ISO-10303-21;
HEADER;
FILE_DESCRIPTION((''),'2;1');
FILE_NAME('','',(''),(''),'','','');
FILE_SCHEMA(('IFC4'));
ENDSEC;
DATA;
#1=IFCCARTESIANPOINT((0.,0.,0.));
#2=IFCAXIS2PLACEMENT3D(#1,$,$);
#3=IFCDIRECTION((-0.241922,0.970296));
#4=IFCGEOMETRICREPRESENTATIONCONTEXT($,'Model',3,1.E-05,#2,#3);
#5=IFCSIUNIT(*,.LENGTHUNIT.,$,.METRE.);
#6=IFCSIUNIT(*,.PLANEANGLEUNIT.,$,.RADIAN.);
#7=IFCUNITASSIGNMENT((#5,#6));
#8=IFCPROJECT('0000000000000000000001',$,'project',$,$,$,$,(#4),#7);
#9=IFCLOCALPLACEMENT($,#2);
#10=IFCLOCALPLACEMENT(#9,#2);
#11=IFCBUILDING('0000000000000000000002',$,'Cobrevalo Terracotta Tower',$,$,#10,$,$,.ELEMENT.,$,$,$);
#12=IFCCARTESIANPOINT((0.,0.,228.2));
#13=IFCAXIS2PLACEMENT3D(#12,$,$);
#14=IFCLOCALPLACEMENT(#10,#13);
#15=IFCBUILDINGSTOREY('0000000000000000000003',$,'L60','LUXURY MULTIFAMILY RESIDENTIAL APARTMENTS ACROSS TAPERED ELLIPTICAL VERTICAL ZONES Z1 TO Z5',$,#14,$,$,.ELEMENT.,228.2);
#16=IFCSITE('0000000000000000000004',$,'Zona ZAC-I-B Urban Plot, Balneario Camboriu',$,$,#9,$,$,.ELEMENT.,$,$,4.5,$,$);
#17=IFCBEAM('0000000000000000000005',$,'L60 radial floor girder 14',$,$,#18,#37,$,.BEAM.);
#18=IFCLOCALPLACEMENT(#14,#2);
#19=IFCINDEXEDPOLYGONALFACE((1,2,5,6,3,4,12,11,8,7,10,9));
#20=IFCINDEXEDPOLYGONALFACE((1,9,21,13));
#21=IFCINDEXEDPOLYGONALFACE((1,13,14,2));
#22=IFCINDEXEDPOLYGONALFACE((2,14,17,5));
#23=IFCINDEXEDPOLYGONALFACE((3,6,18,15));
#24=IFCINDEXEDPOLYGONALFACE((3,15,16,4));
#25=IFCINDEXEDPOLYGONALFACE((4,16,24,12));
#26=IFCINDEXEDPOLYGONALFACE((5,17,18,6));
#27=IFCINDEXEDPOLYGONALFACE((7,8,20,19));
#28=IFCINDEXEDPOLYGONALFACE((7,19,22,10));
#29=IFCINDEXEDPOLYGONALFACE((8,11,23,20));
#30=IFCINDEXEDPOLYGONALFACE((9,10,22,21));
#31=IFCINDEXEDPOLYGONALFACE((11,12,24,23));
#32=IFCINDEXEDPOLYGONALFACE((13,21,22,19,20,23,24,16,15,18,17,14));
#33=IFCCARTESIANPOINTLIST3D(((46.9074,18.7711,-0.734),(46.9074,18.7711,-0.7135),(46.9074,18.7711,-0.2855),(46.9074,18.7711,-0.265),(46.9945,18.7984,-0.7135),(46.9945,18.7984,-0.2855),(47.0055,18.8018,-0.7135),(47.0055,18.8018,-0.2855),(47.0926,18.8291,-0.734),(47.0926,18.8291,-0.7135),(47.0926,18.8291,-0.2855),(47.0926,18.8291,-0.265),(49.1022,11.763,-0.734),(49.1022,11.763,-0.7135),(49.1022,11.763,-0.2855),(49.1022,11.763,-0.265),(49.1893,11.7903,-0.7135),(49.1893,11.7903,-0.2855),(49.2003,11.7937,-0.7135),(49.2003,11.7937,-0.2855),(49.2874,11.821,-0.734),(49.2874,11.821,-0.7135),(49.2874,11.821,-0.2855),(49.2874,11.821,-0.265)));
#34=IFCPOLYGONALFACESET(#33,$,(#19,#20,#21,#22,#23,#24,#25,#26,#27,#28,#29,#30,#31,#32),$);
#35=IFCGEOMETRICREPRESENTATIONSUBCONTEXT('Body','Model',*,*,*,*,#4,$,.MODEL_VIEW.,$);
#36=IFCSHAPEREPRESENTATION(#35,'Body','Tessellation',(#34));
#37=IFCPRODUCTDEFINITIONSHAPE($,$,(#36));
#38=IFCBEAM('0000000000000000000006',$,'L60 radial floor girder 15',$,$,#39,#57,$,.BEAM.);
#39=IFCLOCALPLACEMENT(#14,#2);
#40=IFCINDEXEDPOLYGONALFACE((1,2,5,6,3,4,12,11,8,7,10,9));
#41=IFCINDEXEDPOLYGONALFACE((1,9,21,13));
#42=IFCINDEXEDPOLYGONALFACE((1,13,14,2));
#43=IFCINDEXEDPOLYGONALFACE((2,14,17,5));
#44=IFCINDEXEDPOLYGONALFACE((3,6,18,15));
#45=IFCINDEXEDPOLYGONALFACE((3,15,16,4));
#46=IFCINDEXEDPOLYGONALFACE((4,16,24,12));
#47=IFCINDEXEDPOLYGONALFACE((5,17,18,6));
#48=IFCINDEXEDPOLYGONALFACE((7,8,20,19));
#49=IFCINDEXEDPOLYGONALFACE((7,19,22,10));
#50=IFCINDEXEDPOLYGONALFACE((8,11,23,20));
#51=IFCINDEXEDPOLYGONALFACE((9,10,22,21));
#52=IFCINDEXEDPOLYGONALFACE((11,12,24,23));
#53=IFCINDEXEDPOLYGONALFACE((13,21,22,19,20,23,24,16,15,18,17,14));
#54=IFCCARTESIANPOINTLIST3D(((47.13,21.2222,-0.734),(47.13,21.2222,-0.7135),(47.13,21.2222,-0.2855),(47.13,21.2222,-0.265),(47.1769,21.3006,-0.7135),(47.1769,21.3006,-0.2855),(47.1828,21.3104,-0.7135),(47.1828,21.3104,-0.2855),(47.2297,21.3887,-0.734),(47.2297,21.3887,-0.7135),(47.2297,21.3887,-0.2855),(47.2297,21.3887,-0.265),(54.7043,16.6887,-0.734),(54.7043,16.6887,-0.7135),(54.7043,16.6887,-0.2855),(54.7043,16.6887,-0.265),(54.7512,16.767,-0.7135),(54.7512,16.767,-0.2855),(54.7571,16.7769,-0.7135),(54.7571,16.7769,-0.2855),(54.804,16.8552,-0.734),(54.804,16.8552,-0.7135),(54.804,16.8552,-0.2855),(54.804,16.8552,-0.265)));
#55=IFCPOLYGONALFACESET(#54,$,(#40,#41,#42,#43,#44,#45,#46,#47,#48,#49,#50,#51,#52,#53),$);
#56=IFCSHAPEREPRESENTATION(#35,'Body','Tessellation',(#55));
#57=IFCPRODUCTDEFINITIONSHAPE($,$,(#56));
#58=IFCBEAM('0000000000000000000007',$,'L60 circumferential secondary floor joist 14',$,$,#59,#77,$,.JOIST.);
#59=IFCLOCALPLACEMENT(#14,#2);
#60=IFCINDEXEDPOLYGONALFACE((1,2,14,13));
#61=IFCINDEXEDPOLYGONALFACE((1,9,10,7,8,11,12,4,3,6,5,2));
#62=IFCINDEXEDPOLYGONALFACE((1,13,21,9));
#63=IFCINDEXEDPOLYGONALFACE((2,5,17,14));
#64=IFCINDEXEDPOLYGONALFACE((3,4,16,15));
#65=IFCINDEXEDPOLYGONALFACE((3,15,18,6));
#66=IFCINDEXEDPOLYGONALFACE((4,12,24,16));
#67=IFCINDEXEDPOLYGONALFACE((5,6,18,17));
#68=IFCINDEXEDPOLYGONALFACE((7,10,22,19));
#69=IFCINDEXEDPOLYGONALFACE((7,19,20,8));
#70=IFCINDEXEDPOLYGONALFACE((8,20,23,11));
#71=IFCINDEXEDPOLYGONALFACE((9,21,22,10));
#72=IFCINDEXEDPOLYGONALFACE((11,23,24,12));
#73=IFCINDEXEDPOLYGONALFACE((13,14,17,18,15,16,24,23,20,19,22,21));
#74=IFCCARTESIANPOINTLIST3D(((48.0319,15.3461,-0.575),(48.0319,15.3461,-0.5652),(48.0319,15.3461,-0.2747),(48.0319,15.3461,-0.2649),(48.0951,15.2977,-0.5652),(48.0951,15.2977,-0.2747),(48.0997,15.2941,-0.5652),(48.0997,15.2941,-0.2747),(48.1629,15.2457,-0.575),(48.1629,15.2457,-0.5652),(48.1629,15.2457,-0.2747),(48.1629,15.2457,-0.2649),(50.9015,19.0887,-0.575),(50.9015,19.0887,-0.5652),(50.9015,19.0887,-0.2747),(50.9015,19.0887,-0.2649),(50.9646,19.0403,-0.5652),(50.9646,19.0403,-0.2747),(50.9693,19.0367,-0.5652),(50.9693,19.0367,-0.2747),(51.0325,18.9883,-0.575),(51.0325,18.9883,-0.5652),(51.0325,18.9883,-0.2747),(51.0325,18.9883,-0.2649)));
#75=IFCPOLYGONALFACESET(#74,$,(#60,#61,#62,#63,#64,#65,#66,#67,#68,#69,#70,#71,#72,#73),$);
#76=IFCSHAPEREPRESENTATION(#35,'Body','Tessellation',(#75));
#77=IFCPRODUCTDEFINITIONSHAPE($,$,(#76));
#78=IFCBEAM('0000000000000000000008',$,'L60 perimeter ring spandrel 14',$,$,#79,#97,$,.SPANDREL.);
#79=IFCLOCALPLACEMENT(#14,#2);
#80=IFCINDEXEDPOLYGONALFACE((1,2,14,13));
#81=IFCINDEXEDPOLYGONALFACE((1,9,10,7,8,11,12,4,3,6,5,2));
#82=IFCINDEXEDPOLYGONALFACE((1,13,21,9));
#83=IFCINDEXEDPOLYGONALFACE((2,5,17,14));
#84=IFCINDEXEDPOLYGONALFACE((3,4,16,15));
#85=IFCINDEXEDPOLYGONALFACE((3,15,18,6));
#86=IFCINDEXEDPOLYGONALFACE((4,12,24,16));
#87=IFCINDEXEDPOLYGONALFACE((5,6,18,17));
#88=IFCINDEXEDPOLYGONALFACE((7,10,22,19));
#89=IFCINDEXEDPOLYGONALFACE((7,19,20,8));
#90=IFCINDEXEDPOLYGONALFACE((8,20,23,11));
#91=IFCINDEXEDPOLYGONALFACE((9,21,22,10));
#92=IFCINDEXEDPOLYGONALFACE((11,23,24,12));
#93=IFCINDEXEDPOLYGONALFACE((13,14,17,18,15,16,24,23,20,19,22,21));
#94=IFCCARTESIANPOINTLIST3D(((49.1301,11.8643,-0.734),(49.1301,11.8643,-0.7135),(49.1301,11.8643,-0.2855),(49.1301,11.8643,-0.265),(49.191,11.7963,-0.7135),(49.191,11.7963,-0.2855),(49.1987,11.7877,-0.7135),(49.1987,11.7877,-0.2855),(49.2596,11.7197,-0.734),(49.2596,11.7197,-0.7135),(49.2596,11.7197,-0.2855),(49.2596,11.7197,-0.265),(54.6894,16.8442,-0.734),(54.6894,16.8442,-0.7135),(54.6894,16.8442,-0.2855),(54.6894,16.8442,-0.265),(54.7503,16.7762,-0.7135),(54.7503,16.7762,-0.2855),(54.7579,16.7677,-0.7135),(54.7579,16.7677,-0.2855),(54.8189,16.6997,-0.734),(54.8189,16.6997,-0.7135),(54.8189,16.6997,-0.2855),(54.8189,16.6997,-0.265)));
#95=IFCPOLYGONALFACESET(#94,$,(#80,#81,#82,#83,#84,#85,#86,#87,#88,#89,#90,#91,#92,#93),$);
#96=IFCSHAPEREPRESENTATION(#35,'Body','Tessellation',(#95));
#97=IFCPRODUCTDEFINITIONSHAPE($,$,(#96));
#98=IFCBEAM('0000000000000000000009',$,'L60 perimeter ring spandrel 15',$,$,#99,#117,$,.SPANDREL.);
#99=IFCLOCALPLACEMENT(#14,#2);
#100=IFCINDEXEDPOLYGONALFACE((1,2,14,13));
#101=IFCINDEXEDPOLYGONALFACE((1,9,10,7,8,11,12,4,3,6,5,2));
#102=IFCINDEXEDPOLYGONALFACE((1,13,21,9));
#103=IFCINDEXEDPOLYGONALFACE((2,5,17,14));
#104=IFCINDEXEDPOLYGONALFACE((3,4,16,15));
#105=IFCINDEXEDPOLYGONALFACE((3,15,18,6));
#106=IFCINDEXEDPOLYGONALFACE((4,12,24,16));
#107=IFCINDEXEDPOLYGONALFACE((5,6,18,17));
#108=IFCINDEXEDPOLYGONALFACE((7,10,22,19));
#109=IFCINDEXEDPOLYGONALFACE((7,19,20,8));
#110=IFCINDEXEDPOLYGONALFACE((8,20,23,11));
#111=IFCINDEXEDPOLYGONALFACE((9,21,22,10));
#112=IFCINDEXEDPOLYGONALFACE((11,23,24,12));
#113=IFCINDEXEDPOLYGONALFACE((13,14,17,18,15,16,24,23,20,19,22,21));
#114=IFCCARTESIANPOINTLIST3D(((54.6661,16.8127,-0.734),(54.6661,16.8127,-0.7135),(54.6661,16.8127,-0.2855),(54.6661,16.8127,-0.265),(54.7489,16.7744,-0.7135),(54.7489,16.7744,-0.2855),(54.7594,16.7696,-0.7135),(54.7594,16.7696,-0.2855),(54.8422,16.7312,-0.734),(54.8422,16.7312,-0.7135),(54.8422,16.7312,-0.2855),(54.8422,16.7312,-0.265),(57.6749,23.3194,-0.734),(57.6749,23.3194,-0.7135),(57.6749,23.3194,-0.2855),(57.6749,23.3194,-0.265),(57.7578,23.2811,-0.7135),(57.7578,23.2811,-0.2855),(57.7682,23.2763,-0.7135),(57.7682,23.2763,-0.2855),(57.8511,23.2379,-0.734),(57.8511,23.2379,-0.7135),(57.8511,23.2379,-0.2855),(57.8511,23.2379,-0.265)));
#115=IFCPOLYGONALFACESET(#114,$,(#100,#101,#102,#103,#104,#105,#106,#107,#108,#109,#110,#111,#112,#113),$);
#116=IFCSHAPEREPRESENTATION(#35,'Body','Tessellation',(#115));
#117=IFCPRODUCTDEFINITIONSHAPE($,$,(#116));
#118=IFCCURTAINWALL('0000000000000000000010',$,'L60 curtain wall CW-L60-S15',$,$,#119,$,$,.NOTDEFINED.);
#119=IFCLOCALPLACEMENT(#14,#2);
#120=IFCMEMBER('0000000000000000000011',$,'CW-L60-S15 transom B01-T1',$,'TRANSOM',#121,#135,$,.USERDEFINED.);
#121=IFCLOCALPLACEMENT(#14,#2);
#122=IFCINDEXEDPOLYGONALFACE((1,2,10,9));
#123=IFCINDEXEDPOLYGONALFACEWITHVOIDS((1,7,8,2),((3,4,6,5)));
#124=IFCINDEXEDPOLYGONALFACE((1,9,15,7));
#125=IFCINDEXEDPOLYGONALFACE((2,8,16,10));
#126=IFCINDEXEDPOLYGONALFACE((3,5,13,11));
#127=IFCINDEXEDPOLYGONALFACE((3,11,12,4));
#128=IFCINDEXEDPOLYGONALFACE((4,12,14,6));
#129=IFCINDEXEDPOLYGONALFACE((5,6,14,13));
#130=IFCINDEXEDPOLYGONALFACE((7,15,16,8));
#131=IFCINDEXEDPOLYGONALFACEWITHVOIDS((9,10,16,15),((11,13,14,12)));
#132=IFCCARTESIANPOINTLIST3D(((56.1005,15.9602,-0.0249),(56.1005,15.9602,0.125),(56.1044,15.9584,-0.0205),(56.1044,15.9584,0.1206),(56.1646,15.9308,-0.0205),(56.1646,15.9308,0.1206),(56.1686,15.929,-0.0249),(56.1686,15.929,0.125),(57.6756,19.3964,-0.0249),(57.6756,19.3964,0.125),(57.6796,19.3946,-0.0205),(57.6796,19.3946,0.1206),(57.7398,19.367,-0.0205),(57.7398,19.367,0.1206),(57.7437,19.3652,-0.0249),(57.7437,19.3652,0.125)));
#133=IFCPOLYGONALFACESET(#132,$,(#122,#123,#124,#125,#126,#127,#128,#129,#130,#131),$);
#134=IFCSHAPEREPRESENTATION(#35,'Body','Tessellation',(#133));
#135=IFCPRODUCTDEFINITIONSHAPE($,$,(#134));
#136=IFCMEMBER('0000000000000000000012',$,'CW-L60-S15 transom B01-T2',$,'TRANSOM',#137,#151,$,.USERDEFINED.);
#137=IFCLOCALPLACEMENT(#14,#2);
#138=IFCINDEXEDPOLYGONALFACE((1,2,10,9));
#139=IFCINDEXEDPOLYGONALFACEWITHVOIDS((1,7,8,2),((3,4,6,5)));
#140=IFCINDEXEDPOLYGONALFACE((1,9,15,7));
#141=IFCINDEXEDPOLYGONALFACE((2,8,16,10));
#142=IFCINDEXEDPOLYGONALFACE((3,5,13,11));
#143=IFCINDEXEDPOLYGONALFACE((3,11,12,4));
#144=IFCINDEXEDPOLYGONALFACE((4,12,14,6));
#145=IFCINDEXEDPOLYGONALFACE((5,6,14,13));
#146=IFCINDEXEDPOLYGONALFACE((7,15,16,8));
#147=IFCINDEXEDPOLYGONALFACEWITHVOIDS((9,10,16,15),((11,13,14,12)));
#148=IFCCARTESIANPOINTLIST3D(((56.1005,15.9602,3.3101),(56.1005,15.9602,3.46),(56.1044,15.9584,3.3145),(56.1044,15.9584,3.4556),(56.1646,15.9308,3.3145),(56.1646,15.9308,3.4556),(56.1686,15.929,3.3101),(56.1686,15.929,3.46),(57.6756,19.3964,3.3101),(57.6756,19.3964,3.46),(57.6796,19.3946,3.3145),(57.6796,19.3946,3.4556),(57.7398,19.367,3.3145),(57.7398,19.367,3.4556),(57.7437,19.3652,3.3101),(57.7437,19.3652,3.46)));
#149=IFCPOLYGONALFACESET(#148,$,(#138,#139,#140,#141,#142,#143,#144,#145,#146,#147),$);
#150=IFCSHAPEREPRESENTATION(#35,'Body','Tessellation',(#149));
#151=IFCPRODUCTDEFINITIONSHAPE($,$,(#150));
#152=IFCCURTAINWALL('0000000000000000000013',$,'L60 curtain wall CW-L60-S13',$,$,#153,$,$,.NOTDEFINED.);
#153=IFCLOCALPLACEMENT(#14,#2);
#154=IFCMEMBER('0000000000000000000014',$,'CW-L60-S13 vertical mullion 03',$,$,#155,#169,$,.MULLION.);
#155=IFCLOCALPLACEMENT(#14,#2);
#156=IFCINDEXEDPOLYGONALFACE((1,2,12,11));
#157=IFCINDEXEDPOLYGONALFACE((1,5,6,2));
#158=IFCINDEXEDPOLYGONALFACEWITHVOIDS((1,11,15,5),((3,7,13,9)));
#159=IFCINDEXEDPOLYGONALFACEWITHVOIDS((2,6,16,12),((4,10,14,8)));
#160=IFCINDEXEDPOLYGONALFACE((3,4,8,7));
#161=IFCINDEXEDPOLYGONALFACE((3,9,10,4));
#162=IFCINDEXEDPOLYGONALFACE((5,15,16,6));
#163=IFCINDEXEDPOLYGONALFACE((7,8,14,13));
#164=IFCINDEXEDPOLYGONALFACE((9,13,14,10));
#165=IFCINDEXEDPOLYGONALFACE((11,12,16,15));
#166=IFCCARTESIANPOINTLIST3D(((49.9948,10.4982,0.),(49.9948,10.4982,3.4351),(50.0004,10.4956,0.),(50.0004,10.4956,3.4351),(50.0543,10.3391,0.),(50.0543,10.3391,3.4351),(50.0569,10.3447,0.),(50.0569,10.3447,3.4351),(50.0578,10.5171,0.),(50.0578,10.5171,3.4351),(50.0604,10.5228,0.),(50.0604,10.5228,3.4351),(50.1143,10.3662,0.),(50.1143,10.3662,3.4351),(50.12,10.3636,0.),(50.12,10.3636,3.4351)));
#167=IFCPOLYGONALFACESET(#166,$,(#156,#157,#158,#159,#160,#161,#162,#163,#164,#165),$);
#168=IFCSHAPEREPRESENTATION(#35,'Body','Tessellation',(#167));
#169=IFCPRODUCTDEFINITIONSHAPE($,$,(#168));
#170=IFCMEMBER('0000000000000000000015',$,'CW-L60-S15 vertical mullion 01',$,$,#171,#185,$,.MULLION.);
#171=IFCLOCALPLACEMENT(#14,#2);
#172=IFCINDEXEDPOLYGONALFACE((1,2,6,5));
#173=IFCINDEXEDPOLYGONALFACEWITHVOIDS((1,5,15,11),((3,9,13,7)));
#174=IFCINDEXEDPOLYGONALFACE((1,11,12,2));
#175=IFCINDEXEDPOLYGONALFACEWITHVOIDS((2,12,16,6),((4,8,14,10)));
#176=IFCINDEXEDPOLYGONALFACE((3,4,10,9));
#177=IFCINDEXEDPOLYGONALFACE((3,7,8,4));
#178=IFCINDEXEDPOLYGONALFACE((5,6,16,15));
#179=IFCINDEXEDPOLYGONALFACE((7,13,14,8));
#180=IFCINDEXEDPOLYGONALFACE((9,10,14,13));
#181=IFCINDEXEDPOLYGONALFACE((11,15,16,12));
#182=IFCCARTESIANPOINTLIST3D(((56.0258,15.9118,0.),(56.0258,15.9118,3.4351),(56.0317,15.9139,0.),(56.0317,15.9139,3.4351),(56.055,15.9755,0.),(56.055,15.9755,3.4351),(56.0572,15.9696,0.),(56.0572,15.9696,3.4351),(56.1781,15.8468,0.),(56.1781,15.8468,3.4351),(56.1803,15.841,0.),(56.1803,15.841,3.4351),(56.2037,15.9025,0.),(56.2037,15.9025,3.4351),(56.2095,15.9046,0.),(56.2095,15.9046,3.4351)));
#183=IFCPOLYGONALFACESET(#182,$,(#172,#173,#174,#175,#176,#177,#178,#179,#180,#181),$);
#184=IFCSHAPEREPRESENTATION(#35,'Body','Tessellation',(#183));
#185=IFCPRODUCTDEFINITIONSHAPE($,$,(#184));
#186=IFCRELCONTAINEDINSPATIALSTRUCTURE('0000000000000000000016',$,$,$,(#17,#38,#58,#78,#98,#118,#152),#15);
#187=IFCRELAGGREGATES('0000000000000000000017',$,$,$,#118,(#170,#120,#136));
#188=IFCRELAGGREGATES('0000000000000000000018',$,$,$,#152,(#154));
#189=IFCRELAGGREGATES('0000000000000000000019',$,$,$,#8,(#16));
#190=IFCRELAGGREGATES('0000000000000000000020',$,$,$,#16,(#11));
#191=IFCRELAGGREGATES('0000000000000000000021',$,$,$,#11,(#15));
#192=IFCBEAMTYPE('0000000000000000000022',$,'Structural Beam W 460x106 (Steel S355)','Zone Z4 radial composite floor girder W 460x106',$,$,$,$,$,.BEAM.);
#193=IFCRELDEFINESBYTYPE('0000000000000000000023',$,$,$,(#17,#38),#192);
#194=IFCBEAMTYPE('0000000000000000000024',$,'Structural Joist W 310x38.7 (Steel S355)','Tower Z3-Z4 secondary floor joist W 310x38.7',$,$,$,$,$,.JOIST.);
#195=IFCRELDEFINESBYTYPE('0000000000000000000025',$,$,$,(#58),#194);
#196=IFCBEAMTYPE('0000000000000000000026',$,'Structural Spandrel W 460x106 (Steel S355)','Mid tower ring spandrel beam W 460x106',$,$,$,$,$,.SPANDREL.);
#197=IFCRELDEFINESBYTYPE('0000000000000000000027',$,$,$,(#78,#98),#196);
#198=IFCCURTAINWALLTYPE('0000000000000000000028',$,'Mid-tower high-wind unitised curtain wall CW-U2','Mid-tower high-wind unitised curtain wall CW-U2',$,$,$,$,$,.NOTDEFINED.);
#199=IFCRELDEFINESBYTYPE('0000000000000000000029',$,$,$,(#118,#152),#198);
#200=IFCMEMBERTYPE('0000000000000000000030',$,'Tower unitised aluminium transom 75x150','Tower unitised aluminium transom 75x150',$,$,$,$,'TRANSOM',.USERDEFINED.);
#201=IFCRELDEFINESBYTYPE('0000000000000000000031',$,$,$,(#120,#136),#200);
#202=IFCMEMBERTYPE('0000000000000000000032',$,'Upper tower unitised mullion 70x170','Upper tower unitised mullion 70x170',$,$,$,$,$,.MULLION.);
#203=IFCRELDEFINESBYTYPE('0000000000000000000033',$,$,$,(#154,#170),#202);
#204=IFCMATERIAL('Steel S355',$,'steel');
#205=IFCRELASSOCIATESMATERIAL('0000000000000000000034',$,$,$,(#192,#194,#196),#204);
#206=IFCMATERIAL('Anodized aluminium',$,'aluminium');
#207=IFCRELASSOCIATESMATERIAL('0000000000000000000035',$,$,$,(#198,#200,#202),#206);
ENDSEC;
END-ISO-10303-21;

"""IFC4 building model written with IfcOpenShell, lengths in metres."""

from ifc_helpers import new_model, si_unit, direction, frame, origin, origin_2d, place, context, subcontext, project, spatial, hollow_rectangle, i_section, extrude, source, transform, mapped, material, material_profile, profile_set, type_object, element, aggregate, save


model = new_model("IFC4")

# Units and contexts
model_context = context("Model", 3, precision=1e-05, world=origin(), true_north=direction((-0.241922, 0.970296)))
body_context = subcontext(model_context, "Body", "Model", "MODEL_VIEW")
ifc_project = project(units=[si_unit("LENGTHUNIT", "METRE"), si_unit("PLANEANGLEUNIT", "RADIAN")], contexts=[model_context])

# Site, building, storey
site_placement = place(None, origin())
site = spatial("IfcSite", under=ifc_project, at=site_placement, Name="Zona ZAC-I-B Urban Plot, Balneario Camboriu", CompositionType="ELEMENT", RefElevation=4.5)
building_placement = place(site_placement, origin())
building = spatial("IfcBuilding", under=site, at=building_placement, Name="Cobrevalo Terracotta Tower", CompositionType="ELEMENT")
storey_placement = place(building_placement, frame((0.0, 0.0, 228.2)))
storey = spatial("IfcBuildingStorey", under=building, at=storey_placement, Name="L60", Description="LUXURY MULTIFAMILY RESIDENTIAL APARTMENTS ACROSS TAPERED ELLIPTICAL VERTICAL ZONES Z1 TO Z5", CompositionType="ELEMENT", Elevation=228.2)

# Shared definitions
ifc_material_1 = material(Name="Steel S355", Category="steel")

# Beams
ifc_material_profile_1 = material_profile(ifc_material_1, i_section(OverallWidth=0.1941, OverallDepth=0.469, WebThickness=0.0115, FlangeThickness=0.0205, at=origin_2d()), Name="W 460x106")
ifc_profile_set_1 = profile_set([ifc_material_profile_1], Name="Steel S355")
beam_type_1 = type_object("IfcBeamType", Name="Structural Beam W 460x106 (Steel S355)", Description="Zone Z4 radial composite floor girder W 460x106", PredefinedType="BEAM", material=ifc_profile_set_1)
beam_1_placement = place(storey_placement, frame((49.1948, 11.792, -0.4995), z_axis=(-0.298871, 0.954293, 0.0), x_axis=(-0.954293, -0.298871, 0.0)))
element("IfcBeam", 1, at=beam_1_placement, inside=storey, type_object=beam_type_1, Name="L60 radial floor girder 14", PredefinedType="BEAM", context=body_context, shape_type="SweptSolid", body=[
    extrude(i_section(OverallWidth=0.1941, OverallDepth=0.469, WebThickness=0.0115, FlangeThickness=0.0205, at=origin_2d()), origin(), (0.0, 0.0, 1.0), 7.3438),
])
beam_2_placement = place(storey_placement, frame((54.7542, 16.772, -0.4995), z_axis=(-0.858046, 0.513572, 0.0), x_axis=(-0.513572, -0.858046, 0.0)))
element("IfcBeam", 2, at=beam_2_placement, inside=storey, type_object=beam_type_1, Name="L60 radial floor girder 15", PredefinedType="BEAM", context=body_context, shape_type="SweptSolid", body=[
    extrude(i_section(OverallWidth=0.1941, OverallDepth=0.469, WebThickness=0.0115, FlangeThickness=0.0205, at=origin_2d()), origin(), (0.0, 0.0, 1.0), 8.8274),
])
ifc_material_profile_2 = material_profile(ifc_material_1, i_section(OverallWidth=0.165, OverallDepth=0.3101, WebThickness=0.0059, FlangeThickness=0.0098, at=origin_2d()), Name="W 310x38.7")
ifc_profile_set_2 = profile_set([ifc_material_profile_2], Name="Steel S355")
beam_type_2 = type_object("IfcBeamType", Name="Structural Joist W 310x38.7 (Steel S355)", Description="Tower Z3-Z4 secondary floor joist W 310x38.7", PredefinedType="JOIST", material=ifc_profile_set_2)
beam_3_placement = place(storey_placement, frame((48.0974, 15.2959, -0.4199), z_axis=(0.608464, 0.793581, 0.0), x_axis=(-0.793581, 0.608464, 0.0)))
element("IfcBeam", 3, at=beam_3_placement, inside=storey, type_object=beam_type_2, Name="L60 circumferential secondary floor joist 14", PredefinedType="JOIST", context=body_context, shape_type="SweptSolid", body=[
    extrude(i_section(OverallWidth=0.165, OverallDepth=0.3101, WebThickness=0.0059, FlangeThickness=0.0098, at=origin_2d()), origin(), (0.0, 0.0, 1.0), 4.7161),
])
ifc_material_profile_3 = material_profile(ifc_material_1, i_section(OverallWidth=0.1941, OverallDepth=0.469, WebThickness=0.0115, FlangeThickness=0.0205, at=origin_2d()), Name="W 460x106")
ifc_profile_set_3 = profile_set([ifc_material_profile_3], Name="Steel S355")
beam_type_3 = type_object("IfcBeamType", Name="Structural Spandrel W 460x106 (Steel S355)", Description="Mid tower ring spandrel beam W 460x106", PredefinedType="SPANDREL", material=ifc_profile_set_3)
beam_4_placement = place(storey_placement, frame((49.1948, 11.792, -0.4995), z_axis=(0.744852, 0.66723, 0.0), x_axis=(-0.66723, 0.744852, 0.0)))
element("IfcBeam", 4, at=beam_4_placement, inside=storey, type_object=beam_type_3, Name="L60 perimeter ring spandrel 14", PredefinedType="SPANDREL", context=body_context, shape_type="SweptSolid", body=[
    extrude(i_section(OverallWidth=0.1941, OverallDepth=0.469, WebThickness=0.0115, FlangeThickness=0.0205, at=origin_2d()), origin(), (0.0, 0.0, 1.0), 7.4636),
])
beam_5_placement = place(storey_placement, frame((54.7542, 16.772, -0.4995), z_axis=(0.419719, 0.907654, 0.0), x_axis=(-0.907654, 0.419719, 0.0)))
element("IfcBeam", 5, at=beam_5_placement, inside=storey, type_object=beam_type_3, Name="L60 perimeter ring spandrel 15", PredefinedType="SPANDREL", context=body_context, shape_type="SweptSolid", body=[
    extrude(i_section(OverallWidth=0.1941, OverallDepth=0.469, WebThickness=0.0115, FlangeThickness=0.0205, at=origin_2d()), origin(), (0.0, 0.0, 1.0), 7.1687),
])

# Curtain wall, members
ifc_material_2 = material(Name="Anodized aluminium", Category="aluminium")
curtain_wall_type = type_object("IfcCurtainWallType", Name="Mid-tower high-wind unitised curtain wall CW-U2", Description="Mid-tower high-wind unitised curtain wall CW-U2", PredefinedType="NOTDEFINED", material=ifc_material_2)
curtain_wall_1_placement = place(storey_placement, origin())
curtain_wall_1 = element("IfcCurtainWall", 6, at=curtain_wall_1_placement, inside=storey, type_object=curtain_wall_type, Name="L60 curtain wall CW-L60-S15", PredefinedType="NOTDEFINED")
ifc_material_profile_4 = material_profile(ifc_material_2, hollow_rectangle(XDim=0.075, YDim=0.1499, WallThickness=0.0044, at=origin_2d()), Name="CWT 75x150")
ifc_profile_set_4 = profile_set([ifc_material_profile_4], Name="Anodized aluminium")
member_type_1 = type_object("IfcMemberType", Name="Tower unitised aluminium transom 75x150", Description="Tower unitised aluminium transom 75x150", ElementType="TRANSOM", PredefinedType="USERDEFINED", material=ifc_profile_set_4)
shared_shape_1 = source(origin(), body_context, "Body", "SweptSolid", [
    extrude(hollow_rectangle(XDim=0.075, YDim=0.1499, WallThickness=0.0044, at=origin_2d()), origin(), (0.0, 0.0, 1.0), 3.78),
])
member_1_placement = place(storey_placement, frame((56.1345, 15.9446, 0.05), z_axis=(0.416706, 0.909041, 0.0), x_axis=(-0.909041, 0.416706, 0.0)))
member_1 = element("IfcMember", 7, at=member_1_placement, type_object=member_type_1, Name="CW-L60-S15 transom B01-T1", ObjectType="TRANSOM", PredefinedType="USERDEFINED", context=body_context, shape_type="MappedRepresentation", body=[
    mapped(shared_shape_1, transform((0.0, 0.0, 0.0), scale=1.0)),
])
member_2_placement = place(storey_placement, frame((56.1345, 15.9446, 3.385), z_axis=(0.416706, 0.909041, 0.0), x_axis=(-0.909041, 0.416706, 0.0)))
member_2 = element("IfcMember", 8, at=member_2_placement, type_object=member_type_1, Name="CW-L60-S15 transom B01-T2", ObjectType="TRANSOM", PredefinedType="USERDEFINED", context=body_context, shape_type="MappedRepresentation", body=[
    mapped(shared_shape_1, transform((0.0, 0.0, 0.0), scale=1.0)),
])

# Curtain wall, member
curtain_wall_2_placement = place(storey_placement, origin())
curtain_wall_2 = element("IfcCurtainWall", 9, at=curtain_wall_2_placement, inside=storey, type_object=curtain_wall_type, Name="L60 curtain wall CW-L60-S13", PredefinedType="NOTDEFINED")
ifc_material_profile_5 = material_profile(ifc_material_2, hollow_rectangle(XDim=0.0701, YDim=0.1699, WallThickness=0.0044, at=origin_2d()), Name="CWM 70x170")
ifc_profile_set_5 = profile_set([ifc_material_profile_5], Name="Anodized aluminium")
member_type_2 = type_object("IfcMemberType", Name="Upper tower unitised mullion 70x170", Description="Upper tower unitised mullion 70x170", PredefinedType="MULLION", material=ifc_profile_set_5)
shared_shape_2 = source(origin(), body_context, "Body", "SweptSolid", [
    extrude(hollow_rectangle(XDim=0.0701, YDim=0.1699, WallThickness=0.0044, at=origin_2d()), origin(), (0.0, 0.0, 1.0), 3.4351),
])
member_3_placement = place(storey_placement, frame((50.0574, 10.4309, 0.0), z_axis=(0.0, 0.0, 1.0), x_axis=(0.936556, 0.350518, 0.0)))
member_3 = element("IfcMember", 10, at=member_3_placement, type_object=member_type_2, Name="CW-L60-S13 vertical mullion 03", PredefinedType="MULLION", context=body_context, shape_type="MappedRepresentation", body=[
    mapped(shared_shape_2, transform((0.0, 0.0, 0.0), scale=1.0)),
])

# Member
member_4_placement = place(storey_placement, frame((56.1177, 15.9082, 0.0), z_axis=(0.0, 0.0, 1.0), x_axis=(0.416725, 0.909033, 0.0)))
member_4 = element("IfcMember", 11, at=member_4_placement, type_object=member_type_2, Name="CW-L60-S15 vertical mullion 01", PredefinedType="MULLION", context=body_context, shape_type="MappedRepresentation", body=[
    mapped(shared_shape_2, transform((0.0, 0.0, 0.0), scale=1.0)),
])

aggregate(curtain_wall_1, [member_4, member_1, member_2])
aggregate(curtain_wall_2, [member_3])

save(model, "model.ifc")
